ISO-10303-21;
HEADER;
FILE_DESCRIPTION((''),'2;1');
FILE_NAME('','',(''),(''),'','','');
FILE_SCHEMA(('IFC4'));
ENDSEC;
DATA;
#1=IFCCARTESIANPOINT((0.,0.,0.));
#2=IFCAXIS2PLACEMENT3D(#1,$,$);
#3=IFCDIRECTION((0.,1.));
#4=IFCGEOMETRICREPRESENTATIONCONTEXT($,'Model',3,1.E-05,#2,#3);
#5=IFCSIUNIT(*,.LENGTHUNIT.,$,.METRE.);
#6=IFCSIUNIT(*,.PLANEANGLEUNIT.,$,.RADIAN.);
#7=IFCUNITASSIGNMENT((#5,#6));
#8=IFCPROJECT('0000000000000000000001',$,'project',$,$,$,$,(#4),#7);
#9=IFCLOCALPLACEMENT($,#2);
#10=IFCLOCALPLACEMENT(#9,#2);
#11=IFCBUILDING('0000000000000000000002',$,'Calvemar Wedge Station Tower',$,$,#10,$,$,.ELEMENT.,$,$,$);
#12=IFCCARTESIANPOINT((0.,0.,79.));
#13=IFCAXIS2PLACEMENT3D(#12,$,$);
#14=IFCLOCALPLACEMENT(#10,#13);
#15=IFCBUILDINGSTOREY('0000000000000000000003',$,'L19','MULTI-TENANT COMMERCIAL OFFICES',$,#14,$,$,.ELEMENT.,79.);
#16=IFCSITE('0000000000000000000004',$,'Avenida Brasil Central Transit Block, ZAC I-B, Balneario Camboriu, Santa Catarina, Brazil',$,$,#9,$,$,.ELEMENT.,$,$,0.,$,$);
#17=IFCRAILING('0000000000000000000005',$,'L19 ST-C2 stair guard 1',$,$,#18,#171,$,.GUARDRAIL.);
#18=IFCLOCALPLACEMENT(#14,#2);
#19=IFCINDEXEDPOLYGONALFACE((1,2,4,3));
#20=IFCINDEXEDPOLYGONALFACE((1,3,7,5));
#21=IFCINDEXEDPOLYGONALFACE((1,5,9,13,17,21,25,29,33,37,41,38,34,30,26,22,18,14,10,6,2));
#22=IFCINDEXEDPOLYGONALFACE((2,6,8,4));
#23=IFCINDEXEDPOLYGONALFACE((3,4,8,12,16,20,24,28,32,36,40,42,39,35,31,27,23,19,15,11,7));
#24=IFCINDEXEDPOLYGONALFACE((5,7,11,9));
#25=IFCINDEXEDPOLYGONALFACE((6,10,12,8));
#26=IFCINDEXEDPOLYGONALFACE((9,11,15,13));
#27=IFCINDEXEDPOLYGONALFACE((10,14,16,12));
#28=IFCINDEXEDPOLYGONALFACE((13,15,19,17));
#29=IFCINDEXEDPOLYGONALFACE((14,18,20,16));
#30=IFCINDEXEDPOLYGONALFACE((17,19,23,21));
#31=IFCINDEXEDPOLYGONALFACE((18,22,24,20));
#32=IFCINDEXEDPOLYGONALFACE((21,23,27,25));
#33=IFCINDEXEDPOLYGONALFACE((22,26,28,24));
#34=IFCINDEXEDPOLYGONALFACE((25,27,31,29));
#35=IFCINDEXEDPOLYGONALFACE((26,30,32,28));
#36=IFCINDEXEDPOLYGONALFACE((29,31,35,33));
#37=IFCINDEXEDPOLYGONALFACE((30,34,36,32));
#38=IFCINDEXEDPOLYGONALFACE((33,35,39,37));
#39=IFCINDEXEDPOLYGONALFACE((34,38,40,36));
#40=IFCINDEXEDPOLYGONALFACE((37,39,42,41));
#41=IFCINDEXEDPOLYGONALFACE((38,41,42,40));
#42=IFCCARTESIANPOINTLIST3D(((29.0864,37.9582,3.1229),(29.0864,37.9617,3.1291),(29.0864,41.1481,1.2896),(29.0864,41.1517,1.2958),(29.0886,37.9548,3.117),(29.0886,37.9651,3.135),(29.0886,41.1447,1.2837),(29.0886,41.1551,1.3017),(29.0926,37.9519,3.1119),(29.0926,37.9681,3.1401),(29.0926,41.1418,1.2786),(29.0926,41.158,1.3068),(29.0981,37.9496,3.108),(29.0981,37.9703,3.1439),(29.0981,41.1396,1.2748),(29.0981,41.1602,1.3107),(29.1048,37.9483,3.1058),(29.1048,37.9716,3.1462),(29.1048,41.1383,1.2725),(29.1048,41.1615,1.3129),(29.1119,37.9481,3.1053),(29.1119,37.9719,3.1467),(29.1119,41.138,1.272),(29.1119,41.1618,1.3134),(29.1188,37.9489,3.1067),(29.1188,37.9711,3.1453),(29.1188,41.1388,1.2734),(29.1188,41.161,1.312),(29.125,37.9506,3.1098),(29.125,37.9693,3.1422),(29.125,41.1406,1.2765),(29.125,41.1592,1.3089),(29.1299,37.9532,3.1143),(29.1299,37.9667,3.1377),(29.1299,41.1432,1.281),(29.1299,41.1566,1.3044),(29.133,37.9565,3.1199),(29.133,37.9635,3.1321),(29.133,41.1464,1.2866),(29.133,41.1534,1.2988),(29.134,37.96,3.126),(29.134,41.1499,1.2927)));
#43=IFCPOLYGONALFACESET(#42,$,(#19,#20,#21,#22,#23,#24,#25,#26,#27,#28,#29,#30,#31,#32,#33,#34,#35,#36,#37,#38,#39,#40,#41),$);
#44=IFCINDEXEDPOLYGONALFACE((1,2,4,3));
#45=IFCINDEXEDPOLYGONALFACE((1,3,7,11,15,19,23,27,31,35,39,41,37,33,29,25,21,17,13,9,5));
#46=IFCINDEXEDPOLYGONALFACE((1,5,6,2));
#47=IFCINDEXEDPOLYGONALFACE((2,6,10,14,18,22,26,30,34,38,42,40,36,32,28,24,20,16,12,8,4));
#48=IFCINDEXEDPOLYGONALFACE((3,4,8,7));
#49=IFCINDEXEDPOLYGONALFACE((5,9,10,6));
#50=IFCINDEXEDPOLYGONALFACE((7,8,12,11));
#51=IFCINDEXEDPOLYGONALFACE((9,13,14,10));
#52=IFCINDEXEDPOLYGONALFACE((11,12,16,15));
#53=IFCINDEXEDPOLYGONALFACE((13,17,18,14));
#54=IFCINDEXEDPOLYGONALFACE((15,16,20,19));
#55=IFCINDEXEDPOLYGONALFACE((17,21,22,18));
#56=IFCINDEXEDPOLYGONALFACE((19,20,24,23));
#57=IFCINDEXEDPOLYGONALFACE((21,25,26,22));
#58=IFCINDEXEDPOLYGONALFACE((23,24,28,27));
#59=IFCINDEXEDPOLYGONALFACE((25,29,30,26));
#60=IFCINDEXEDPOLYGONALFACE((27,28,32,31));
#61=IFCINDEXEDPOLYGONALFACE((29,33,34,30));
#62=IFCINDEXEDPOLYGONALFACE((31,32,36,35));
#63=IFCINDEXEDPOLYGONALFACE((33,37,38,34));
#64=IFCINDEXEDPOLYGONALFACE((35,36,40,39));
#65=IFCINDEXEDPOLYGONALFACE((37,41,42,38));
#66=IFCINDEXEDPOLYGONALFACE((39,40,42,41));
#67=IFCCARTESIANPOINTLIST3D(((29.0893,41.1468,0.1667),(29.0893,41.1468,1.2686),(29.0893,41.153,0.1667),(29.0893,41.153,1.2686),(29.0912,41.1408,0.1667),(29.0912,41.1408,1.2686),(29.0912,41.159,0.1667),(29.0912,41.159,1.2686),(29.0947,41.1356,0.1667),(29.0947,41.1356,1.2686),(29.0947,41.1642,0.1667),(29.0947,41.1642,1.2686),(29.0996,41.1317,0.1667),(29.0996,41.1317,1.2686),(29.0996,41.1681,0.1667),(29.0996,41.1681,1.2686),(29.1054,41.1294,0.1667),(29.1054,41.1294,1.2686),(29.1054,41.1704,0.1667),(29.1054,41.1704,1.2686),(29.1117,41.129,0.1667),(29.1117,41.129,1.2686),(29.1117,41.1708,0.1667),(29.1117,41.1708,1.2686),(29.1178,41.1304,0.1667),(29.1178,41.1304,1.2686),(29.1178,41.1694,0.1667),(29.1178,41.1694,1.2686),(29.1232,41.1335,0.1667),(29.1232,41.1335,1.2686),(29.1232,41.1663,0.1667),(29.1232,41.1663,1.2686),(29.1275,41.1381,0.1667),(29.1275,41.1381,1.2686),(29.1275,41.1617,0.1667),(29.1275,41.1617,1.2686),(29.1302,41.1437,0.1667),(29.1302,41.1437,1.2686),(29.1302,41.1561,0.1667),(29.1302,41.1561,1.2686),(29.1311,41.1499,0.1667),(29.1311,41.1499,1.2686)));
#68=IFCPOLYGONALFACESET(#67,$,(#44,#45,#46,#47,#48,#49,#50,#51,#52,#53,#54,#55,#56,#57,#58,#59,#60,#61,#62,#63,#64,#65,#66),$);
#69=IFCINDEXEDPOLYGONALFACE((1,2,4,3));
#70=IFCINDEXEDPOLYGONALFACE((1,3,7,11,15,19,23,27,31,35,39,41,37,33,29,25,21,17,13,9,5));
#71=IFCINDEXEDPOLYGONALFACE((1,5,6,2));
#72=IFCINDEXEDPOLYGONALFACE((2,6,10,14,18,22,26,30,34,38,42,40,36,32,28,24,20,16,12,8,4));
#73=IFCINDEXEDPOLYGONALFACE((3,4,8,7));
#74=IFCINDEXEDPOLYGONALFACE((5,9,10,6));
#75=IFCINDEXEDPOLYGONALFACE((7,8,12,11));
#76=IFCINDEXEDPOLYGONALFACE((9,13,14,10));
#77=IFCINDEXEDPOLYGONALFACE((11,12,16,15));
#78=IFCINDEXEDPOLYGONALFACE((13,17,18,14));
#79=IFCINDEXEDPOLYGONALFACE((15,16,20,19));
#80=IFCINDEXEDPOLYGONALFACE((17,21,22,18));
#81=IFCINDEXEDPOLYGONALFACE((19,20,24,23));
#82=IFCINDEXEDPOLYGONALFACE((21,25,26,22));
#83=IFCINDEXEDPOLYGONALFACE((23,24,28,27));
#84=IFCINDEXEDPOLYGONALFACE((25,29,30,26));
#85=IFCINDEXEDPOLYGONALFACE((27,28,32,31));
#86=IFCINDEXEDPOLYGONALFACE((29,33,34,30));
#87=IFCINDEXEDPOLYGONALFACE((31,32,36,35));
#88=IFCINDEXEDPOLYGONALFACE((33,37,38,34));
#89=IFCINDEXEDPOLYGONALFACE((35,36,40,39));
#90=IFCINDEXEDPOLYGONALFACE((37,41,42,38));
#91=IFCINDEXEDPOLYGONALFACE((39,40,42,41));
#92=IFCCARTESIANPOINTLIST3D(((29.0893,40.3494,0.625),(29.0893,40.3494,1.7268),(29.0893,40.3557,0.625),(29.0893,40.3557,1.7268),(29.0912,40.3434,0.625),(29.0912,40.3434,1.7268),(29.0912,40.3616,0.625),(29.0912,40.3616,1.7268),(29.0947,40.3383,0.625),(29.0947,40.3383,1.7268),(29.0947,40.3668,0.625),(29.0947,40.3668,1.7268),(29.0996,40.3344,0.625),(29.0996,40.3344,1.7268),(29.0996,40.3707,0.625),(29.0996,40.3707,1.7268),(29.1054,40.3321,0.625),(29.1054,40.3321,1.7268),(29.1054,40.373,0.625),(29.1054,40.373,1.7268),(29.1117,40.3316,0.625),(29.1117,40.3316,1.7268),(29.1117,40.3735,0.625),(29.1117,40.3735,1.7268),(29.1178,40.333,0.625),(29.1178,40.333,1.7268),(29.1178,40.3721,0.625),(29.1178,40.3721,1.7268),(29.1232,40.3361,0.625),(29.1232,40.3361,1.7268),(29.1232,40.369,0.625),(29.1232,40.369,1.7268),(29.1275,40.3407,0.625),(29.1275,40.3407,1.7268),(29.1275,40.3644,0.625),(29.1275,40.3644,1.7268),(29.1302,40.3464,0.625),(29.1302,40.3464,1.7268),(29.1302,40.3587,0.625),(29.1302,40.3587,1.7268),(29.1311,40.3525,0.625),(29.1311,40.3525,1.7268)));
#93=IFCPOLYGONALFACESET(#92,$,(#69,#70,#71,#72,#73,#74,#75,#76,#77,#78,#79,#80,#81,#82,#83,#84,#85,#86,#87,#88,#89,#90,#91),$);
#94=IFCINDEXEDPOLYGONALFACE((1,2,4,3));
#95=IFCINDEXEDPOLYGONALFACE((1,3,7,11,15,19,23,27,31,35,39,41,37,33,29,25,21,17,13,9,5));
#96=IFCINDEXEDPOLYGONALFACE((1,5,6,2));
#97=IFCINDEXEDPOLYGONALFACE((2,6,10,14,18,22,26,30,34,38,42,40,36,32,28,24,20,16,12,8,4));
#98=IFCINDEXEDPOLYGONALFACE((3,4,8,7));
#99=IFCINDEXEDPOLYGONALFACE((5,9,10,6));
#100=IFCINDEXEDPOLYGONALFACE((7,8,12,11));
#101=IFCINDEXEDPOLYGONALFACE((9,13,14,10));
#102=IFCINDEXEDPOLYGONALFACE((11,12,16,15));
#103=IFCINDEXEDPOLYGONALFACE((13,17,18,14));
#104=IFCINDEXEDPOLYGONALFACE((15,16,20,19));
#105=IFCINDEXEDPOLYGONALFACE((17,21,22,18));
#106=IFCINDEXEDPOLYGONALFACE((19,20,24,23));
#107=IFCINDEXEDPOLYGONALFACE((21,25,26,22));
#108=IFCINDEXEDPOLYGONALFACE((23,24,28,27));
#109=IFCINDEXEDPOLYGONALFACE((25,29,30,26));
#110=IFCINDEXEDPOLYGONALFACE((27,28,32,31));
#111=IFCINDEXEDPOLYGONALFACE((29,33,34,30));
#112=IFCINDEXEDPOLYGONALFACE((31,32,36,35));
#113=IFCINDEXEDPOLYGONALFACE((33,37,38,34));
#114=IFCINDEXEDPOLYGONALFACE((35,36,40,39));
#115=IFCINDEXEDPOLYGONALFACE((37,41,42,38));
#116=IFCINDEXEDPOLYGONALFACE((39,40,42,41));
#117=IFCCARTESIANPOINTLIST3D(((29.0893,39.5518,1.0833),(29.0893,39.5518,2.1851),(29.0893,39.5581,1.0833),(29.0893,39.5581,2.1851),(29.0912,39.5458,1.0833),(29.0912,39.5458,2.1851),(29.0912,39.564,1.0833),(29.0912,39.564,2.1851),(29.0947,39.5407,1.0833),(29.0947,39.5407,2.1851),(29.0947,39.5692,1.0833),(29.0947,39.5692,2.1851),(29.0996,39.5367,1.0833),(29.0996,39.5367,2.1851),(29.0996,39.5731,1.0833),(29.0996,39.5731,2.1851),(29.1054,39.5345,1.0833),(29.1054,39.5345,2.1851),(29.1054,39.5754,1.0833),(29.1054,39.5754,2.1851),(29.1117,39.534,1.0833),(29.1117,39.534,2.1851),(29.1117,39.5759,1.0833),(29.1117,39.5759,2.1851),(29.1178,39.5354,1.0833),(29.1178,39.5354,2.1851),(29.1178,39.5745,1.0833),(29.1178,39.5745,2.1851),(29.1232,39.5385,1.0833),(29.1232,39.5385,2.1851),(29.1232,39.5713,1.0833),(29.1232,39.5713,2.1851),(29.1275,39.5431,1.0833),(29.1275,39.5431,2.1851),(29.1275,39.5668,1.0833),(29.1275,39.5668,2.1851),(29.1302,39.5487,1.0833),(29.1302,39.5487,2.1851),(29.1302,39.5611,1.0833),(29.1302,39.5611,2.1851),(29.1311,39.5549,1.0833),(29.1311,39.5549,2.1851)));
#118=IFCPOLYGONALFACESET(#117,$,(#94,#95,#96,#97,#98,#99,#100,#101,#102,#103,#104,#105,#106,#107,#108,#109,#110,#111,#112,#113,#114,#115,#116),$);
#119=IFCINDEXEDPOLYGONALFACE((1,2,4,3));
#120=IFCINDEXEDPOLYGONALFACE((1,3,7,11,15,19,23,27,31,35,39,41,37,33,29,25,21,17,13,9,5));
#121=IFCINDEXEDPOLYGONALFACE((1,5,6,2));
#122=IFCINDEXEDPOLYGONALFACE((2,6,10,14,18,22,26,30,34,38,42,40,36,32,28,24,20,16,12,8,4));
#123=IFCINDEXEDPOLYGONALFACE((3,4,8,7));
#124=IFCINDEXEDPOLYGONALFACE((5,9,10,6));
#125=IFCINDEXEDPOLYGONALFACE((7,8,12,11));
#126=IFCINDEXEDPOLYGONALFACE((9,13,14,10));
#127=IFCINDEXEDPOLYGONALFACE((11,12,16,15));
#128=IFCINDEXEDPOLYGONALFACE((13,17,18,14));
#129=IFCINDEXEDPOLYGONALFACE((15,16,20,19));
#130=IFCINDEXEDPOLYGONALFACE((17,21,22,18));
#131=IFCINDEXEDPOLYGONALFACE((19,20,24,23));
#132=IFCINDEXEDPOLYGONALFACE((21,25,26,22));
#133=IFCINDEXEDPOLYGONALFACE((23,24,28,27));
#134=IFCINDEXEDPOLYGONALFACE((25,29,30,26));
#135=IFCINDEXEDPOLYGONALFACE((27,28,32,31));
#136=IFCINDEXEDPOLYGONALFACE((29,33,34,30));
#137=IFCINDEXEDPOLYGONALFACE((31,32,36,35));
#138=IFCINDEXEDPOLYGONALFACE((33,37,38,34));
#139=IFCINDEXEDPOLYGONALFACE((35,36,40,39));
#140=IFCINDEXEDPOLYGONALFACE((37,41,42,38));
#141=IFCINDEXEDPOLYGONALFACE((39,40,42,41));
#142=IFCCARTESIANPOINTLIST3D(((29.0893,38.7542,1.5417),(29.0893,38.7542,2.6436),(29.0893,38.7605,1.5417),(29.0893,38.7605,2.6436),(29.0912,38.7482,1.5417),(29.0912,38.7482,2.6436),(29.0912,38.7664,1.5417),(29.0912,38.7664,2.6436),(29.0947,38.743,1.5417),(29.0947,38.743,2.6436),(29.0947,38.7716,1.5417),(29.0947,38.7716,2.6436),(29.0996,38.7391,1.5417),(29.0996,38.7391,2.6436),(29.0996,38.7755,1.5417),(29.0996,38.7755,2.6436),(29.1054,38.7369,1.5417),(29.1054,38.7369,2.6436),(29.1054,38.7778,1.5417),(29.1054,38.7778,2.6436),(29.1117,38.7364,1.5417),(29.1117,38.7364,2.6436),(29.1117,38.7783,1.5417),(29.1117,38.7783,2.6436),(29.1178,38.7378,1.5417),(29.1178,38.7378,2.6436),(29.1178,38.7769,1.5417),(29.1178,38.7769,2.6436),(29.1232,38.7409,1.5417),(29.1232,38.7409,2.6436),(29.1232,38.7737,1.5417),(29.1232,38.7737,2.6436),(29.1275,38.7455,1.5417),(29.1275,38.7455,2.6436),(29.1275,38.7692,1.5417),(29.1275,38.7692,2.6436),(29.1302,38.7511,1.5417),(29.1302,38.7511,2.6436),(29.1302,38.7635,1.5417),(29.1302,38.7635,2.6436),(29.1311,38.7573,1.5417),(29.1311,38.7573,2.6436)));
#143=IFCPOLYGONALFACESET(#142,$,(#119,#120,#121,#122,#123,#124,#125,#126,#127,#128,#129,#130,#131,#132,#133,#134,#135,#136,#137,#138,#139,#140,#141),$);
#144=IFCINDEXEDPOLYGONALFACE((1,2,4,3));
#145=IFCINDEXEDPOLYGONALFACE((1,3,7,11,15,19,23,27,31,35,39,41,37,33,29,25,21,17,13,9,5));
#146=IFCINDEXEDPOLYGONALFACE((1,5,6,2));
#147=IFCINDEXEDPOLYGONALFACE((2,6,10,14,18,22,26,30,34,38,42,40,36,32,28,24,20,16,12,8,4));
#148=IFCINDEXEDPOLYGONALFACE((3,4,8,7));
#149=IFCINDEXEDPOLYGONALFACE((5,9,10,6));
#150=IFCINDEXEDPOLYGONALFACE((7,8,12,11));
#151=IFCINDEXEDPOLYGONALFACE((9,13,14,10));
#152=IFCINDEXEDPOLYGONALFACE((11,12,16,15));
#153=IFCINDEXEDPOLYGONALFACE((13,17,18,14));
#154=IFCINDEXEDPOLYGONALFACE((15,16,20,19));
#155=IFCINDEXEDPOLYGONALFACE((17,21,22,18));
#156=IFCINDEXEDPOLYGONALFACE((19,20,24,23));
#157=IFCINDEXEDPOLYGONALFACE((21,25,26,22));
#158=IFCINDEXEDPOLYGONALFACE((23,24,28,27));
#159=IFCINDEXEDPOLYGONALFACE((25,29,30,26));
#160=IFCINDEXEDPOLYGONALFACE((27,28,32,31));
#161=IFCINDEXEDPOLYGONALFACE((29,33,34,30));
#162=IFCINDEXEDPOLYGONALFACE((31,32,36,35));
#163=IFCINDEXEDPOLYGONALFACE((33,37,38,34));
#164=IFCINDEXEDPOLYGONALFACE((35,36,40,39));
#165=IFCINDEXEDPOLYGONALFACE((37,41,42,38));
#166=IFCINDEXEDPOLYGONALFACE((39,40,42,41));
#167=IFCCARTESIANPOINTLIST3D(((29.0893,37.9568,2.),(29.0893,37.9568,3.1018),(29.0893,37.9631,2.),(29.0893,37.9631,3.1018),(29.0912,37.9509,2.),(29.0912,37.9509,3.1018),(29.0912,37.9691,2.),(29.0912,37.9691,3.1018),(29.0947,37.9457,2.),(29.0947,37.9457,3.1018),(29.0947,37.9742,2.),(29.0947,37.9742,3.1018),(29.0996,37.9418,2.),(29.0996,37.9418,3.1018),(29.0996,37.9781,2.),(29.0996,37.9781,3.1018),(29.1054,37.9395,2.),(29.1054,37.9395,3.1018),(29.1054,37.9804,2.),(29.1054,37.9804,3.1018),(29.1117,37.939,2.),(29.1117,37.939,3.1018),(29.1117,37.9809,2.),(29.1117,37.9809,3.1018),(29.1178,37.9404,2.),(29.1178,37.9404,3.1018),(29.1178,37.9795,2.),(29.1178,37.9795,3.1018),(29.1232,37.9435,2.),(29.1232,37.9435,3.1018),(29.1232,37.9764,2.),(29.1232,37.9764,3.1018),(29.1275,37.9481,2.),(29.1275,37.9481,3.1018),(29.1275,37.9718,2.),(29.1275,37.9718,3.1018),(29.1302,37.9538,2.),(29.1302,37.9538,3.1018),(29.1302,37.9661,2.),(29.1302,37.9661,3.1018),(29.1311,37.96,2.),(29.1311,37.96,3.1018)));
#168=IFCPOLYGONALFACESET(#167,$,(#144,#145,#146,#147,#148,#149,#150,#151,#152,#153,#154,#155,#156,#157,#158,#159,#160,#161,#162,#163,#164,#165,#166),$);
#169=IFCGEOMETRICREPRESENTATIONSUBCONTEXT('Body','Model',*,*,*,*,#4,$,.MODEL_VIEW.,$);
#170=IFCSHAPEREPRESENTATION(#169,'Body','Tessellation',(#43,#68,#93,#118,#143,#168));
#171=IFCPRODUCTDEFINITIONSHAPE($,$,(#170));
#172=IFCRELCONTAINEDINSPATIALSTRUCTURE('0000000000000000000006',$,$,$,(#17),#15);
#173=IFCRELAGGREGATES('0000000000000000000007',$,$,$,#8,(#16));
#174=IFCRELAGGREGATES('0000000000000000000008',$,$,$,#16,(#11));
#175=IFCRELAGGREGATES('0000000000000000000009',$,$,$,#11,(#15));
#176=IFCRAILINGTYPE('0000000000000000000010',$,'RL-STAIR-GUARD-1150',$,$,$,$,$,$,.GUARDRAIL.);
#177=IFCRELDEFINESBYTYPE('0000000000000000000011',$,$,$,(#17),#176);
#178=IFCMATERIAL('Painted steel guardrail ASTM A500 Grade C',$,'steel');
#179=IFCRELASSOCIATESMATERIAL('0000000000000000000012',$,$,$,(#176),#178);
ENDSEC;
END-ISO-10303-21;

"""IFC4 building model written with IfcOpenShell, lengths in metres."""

from ifc_helpers import new_model, si_unit, direction, frame, origin, origin_2d, place, context, subcontext, project, spatial, circle, extrude, material, type_object, element, save


model = new_model("IFC4")

# Units and contexts
model_context = context("Model", 3, precision=1e-05, world=origin(), true_north=direction((0.0, 1.0)))
body_context = subcontext(model_context, "Body", "Model", "MODEL_VIEW")
ifc_project = project(units=[si_unit("LENGTHUNIT", "METRE"), si_unit("PLANEANGLEUNIT", "RADIAN")], contexts=[model_context])

# Site, building, storey
site_placement = place(None, origin())
site = spatial("IfcSite", under=ifc_project, at=site_placement, Name="Avenida Brasil Central Transit Block, ZAC I-B, Balneario Camboriu, Santa Catarina, Brazil", CompositionType="ELEMENT", RefElevation=0.0)
building_placement = place(site_placement, origin())
building = spatial("IfcBuilding", under=site, at=building_placement, Name="Calvemar Wedge Station Tower", CompositionType="ELEMENT")
storey_placement = place(building_placement, frame((0.0, 0.0, 79.0)))
storey = spatial("IfcBuildingStorey", under=building, at=storey_placement, Name="L19", Description="MULTI-TENANT COMMERCIAL OFFICES", CompositionType="ELEMENT", Elevation=79.0)

# Railing
ifc_material_1 = material(Name="Painted steel guardrail ASTM A500 Grade C", Category="steel")
railing_type_1 = type_object("IfcRailingType", Name="RL-STAIR-GUARD-1150", PredefinedType="GUARDRAIL", material=ifc_material_1)
railing_1_placement = place(storey_placement, frame((29.1101, 41.1499, 0.1667)))
element("IfcRailing", 1, at=railing_1_placement, inside=storey, type_object=railing_type_1, Name="L19 ST-C2 stair guard 1", PredefinedType="GUARDRAIL", context=body_context, shape_type="SweptSolid", body=[
    extrude(circle(Radius=0.0239, at=origin_2d()), frame((0.0, 0.0, 1.126), z_axis=(0.0, -0.86702, 0.498274), x_axis=(1.0, 0.0, 0.0)), (0.0, 0.0, 1.0), 3.6792),
    extrude(circle(Radius=0.021, at=origin_2d()), origin(), (0.0, 0.0, 1.0), 1.1018),
    extrude(circle(Radius=0.021, at=origin_2d()), frame((0.0, -0.7974, 0.4583)), (0.0, 0.0, 1.0), 1.1018),
    extrude(circle(Radius=0.021, at=origin_2d()), frame((0.0, -1.595, 0.9165)), (0.0, 0.0, 1.0), 1.1018),
    extrude(circle(Radius=0.021, at=origin_2d()), frame((0.0, -2.3926, 1.375)), (0.0, 0.0, 1.0), 1.1018),
    extrude(circle(Radius=0.021, at=origin_2d()), frame((0.0, -3.1899, 1.8333)), (0.0, 0.0, 1.0), 1.1018),
])

save(model, "model.ifc")
